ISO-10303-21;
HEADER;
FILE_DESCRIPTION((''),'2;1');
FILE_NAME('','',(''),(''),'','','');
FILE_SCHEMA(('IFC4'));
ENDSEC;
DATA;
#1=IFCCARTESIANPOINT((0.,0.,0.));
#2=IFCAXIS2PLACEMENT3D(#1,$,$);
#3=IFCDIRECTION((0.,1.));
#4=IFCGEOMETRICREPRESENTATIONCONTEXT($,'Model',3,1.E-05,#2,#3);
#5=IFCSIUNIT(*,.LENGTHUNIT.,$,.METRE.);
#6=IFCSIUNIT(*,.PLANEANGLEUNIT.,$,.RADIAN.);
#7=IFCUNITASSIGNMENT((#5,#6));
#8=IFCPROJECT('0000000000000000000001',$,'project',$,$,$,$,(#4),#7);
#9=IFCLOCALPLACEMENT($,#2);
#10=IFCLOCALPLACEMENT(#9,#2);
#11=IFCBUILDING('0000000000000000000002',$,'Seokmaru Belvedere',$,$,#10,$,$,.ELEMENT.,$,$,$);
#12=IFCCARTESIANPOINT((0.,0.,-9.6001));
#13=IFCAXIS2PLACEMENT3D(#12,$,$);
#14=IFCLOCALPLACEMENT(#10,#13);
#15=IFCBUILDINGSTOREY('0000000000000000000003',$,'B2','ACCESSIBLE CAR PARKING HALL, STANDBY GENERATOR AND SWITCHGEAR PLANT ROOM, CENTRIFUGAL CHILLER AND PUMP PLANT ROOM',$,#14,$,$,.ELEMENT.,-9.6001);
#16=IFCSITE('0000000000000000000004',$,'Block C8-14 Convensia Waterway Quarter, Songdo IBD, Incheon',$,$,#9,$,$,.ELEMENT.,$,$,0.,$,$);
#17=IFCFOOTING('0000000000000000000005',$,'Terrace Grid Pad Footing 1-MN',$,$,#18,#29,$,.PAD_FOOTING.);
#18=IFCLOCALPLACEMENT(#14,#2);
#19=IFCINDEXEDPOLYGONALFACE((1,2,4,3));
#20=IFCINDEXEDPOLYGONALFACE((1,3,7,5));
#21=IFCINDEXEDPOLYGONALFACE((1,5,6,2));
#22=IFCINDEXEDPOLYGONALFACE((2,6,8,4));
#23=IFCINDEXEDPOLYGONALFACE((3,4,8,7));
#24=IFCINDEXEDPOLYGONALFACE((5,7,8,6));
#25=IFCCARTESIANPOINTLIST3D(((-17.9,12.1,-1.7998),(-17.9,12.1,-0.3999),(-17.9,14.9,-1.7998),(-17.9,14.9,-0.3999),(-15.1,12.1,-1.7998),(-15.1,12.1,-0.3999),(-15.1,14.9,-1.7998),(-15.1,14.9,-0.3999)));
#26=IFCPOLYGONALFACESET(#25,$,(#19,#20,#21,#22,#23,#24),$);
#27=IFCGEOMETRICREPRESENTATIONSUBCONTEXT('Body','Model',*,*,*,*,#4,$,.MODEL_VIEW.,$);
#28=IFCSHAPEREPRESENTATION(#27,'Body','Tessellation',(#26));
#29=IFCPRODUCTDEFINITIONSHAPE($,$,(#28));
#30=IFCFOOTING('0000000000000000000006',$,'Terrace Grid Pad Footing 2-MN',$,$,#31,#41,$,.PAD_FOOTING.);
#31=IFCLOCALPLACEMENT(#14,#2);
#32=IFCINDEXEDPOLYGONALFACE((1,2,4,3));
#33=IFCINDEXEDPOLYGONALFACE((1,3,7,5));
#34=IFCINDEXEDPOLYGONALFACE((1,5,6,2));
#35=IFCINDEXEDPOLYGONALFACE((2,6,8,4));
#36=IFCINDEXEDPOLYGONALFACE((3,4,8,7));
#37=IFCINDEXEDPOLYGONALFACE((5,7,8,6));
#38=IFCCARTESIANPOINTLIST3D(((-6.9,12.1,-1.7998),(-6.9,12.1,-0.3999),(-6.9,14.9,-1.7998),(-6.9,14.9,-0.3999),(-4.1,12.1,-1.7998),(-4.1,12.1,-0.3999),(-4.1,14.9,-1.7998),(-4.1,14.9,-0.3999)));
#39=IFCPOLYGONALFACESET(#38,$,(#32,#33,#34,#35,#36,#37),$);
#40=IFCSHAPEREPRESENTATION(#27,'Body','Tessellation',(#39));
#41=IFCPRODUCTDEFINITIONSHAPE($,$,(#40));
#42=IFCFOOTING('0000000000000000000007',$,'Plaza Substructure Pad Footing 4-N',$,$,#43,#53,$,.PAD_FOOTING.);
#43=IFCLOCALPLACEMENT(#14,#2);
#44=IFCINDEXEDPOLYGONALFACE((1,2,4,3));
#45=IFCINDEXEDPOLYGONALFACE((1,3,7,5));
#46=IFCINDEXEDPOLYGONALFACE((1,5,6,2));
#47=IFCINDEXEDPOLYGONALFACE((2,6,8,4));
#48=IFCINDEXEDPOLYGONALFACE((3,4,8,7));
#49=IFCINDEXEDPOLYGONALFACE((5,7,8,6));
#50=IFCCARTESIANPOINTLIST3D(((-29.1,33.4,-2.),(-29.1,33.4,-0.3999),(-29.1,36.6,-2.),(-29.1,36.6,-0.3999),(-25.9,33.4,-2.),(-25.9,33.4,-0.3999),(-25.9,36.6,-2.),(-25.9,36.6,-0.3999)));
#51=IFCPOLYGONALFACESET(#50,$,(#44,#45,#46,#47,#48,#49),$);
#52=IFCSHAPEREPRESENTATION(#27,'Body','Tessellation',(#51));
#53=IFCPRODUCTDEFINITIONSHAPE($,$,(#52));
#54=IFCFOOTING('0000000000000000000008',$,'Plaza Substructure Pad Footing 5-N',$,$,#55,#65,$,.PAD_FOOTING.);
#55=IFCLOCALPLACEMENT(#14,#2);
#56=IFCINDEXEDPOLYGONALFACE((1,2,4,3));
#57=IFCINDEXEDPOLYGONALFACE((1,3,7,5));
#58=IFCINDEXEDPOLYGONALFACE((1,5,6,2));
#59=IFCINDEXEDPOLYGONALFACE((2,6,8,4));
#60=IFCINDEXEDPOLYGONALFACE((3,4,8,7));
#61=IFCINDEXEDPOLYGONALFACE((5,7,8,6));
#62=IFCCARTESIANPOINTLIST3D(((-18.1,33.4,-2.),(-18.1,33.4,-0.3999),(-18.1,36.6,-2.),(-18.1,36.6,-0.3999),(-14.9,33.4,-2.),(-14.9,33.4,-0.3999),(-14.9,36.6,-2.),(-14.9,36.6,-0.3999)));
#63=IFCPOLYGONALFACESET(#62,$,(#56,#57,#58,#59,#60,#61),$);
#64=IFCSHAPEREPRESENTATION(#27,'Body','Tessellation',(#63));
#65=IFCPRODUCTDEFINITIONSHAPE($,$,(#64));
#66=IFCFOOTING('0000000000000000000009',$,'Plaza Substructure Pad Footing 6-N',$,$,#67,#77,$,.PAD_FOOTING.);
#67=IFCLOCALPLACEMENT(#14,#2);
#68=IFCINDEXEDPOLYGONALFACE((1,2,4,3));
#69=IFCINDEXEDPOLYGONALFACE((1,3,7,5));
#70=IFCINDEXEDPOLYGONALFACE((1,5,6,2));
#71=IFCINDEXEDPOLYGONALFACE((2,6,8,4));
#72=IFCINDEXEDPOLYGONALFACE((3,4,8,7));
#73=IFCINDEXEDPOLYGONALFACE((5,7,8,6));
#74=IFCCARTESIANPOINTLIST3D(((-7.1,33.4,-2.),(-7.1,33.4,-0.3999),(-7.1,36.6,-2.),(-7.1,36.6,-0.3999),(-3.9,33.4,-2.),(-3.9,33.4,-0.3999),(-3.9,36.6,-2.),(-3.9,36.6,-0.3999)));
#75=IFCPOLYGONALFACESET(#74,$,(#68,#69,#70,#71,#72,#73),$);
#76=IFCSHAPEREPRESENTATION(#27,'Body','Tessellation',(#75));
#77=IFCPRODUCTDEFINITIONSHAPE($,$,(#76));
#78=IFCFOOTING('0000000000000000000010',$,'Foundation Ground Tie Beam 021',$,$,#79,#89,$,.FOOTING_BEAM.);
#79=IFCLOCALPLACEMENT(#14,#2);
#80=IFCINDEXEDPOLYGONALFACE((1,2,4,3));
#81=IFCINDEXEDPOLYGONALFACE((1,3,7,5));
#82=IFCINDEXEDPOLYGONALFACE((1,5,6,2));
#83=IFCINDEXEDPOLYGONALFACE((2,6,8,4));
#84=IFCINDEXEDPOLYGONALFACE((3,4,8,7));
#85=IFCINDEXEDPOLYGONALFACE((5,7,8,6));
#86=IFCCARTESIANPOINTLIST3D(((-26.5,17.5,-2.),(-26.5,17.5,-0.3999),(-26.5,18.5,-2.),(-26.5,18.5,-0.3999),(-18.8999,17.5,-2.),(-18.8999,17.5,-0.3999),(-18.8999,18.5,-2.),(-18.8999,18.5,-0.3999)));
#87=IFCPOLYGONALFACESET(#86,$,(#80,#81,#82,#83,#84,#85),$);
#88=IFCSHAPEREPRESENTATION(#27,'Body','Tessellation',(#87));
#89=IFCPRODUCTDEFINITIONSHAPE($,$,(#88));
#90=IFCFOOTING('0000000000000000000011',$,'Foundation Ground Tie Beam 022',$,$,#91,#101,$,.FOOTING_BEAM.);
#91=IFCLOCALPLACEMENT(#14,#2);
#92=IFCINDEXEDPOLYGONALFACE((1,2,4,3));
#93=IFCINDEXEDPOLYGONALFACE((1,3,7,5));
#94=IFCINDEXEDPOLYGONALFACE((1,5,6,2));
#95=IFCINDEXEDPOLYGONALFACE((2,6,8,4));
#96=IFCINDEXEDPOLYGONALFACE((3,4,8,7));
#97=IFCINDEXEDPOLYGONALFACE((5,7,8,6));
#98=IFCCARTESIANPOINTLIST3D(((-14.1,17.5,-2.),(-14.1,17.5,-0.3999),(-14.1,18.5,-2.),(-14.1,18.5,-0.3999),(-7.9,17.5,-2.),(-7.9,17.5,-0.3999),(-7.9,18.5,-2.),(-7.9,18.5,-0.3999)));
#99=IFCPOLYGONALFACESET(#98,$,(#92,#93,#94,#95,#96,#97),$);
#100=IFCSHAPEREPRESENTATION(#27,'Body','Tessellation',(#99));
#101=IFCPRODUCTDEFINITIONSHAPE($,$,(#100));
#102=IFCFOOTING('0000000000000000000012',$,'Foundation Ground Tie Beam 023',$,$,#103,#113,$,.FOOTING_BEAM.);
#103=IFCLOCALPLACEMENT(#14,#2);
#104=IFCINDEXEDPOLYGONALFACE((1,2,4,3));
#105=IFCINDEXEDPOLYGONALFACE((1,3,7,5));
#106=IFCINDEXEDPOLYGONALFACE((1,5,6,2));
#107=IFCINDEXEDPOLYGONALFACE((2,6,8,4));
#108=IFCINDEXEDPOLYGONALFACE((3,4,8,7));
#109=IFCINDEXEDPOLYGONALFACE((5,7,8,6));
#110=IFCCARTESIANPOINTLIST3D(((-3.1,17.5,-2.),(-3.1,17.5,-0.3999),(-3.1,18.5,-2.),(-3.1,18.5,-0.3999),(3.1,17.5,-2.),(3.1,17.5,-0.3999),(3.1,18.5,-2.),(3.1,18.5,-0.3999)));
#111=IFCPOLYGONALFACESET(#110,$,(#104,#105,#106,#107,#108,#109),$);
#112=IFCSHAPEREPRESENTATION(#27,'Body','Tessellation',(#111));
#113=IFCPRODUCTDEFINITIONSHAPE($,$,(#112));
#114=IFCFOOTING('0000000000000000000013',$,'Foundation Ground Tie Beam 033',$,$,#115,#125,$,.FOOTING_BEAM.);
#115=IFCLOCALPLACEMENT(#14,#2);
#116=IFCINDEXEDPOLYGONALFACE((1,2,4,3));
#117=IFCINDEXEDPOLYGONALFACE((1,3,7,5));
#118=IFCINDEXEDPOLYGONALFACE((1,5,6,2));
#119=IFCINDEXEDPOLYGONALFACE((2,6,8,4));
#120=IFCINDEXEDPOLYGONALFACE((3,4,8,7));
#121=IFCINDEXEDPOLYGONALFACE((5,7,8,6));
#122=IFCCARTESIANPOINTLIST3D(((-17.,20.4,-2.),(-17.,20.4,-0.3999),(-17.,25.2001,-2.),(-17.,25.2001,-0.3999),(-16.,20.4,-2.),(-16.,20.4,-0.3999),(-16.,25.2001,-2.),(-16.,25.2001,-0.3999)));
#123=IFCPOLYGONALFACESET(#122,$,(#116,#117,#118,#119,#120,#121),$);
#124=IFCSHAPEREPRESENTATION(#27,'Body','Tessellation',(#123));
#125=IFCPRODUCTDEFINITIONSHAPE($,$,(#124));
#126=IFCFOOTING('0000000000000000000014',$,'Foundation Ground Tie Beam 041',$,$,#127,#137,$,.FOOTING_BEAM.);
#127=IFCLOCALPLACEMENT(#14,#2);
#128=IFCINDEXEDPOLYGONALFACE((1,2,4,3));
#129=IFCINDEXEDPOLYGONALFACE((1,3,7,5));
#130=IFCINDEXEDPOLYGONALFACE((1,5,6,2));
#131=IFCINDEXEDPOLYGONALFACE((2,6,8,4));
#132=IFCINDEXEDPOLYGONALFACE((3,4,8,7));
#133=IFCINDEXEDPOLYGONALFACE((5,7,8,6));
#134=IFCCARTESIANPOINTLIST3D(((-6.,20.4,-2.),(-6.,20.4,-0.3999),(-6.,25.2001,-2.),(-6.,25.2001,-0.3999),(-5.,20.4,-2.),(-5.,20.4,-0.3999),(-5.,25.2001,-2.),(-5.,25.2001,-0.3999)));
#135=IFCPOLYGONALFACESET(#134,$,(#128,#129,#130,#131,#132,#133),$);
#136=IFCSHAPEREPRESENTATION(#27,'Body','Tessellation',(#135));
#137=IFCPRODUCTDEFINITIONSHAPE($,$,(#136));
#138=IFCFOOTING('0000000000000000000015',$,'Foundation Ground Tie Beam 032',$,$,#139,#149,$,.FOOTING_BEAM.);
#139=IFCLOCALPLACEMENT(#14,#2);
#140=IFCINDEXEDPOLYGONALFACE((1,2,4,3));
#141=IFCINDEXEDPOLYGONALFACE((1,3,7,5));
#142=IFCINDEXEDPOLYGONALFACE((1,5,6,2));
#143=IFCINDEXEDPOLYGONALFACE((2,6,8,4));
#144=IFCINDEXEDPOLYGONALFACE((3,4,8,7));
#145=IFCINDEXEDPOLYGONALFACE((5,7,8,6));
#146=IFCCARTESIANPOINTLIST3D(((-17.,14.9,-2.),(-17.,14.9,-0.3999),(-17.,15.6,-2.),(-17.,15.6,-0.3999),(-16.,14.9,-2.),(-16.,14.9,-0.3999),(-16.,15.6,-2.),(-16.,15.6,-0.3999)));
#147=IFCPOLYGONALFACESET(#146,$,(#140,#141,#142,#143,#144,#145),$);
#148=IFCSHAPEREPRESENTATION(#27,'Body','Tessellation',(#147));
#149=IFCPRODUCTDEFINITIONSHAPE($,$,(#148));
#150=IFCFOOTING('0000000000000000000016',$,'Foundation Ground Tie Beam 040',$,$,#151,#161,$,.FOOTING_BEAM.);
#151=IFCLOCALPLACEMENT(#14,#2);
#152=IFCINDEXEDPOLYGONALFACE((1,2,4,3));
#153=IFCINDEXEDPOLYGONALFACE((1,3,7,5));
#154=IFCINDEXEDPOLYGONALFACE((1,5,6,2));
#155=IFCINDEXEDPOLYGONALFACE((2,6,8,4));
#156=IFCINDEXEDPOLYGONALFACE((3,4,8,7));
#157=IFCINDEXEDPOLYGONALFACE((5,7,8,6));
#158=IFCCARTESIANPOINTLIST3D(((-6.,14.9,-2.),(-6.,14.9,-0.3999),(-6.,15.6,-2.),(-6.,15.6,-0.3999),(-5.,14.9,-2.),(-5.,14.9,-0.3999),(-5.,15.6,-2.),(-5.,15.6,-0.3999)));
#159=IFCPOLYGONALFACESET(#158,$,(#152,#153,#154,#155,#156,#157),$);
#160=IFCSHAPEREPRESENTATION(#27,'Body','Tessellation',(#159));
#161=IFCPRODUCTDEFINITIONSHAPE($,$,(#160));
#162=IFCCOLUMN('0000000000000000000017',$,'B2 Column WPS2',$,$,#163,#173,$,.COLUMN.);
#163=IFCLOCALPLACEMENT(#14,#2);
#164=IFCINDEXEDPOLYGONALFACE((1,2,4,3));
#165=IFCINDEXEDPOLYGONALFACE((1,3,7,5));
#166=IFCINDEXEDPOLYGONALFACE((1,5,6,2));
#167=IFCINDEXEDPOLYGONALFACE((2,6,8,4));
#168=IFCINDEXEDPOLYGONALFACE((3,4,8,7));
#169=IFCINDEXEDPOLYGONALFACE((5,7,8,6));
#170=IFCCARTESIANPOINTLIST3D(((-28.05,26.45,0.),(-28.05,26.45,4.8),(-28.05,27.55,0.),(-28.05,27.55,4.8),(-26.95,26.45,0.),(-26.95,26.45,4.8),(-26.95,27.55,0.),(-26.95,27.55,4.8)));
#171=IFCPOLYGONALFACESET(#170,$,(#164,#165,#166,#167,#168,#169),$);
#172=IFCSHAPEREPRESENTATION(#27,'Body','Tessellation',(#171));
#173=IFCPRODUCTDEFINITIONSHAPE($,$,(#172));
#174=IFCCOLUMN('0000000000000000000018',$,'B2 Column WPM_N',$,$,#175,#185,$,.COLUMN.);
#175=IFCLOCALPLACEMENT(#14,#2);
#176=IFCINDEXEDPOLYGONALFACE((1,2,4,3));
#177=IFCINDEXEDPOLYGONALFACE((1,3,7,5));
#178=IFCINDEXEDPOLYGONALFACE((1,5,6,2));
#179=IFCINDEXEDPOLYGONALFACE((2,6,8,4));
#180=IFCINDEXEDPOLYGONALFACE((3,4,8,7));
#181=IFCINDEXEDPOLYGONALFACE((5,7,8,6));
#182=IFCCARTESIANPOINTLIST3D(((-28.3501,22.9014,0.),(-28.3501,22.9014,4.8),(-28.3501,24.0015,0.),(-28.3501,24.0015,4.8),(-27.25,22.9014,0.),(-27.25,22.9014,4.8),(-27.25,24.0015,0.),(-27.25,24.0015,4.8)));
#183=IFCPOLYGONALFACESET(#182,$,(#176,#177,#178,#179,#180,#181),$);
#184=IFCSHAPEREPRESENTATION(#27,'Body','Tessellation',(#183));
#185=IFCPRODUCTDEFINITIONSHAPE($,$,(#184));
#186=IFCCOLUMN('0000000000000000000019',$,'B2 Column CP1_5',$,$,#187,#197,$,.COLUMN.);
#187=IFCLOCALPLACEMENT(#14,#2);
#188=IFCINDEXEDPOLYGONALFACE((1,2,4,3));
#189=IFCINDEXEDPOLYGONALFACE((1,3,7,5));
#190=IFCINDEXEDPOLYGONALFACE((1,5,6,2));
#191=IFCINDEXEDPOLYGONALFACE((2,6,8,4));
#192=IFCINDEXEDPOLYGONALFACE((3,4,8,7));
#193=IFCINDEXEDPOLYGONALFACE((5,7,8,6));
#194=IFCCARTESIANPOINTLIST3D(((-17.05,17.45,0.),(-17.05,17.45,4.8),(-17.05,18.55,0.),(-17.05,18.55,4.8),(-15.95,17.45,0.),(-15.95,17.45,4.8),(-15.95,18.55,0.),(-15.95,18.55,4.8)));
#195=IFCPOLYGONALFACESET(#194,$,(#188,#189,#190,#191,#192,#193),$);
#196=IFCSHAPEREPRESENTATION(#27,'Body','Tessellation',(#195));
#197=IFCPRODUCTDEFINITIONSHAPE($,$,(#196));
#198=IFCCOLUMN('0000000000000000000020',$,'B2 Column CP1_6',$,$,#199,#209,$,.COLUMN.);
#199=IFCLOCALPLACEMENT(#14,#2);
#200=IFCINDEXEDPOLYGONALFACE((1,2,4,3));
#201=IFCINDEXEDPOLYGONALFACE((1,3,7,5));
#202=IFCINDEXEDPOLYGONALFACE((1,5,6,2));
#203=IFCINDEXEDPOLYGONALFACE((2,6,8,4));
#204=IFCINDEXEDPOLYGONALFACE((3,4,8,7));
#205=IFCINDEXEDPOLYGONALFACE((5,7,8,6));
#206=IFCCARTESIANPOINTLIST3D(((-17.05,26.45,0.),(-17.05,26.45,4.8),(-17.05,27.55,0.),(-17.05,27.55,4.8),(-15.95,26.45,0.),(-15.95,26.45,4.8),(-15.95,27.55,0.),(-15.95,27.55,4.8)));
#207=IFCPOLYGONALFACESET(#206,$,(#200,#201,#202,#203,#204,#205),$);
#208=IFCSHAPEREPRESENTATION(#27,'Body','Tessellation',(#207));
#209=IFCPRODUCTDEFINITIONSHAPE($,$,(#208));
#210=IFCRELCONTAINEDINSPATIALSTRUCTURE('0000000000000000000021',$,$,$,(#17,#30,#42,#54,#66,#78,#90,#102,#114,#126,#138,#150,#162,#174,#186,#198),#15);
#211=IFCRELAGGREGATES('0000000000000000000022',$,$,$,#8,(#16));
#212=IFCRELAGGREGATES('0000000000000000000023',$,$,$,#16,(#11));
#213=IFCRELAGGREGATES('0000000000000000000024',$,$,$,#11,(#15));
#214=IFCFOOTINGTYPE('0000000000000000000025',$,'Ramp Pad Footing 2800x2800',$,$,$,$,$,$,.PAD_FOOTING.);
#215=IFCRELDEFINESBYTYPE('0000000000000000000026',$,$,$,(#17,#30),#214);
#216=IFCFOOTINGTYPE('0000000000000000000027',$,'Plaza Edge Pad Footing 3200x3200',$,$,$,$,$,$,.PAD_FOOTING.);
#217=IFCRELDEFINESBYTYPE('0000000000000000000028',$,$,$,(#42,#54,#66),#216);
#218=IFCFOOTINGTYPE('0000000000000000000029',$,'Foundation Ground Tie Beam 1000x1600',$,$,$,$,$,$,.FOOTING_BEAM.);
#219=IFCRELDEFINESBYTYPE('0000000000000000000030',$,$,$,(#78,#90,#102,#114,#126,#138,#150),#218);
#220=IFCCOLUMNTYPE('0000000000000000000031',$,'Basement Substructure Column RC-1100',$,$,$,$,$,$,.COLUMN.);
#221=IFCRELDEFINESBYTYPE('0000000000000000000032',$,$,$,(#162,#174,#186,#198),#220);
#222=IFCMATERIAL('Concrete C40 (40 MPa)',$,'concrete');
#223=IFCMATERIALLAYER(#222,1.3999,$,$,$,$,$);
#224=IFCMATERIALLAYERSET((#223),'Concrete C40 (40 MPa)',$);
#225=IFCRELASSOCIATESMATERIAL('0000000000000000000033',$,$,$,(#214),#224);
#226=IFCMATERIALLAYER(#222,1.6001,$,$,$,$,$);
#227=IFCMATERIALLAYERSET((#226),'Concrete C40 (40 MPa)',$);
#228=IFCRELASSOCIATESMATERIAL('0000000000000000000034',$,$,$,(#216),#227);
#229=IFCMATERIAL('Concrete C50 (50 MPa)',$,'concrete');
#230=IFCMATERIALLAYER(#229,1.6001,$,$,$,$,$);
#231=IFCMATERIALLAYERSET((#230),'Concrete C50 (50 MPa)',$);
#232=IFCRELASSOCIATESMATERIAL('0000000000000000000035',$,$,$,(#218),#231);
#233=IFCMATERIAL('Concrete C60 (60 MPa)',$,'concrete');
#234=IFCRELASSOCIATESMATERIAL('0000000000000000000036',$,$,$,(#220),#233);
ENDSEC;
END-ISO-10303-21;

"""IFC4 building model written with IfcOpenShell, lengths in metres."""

from ifc_helpers import new_model, si_unit, direction, frame, origin, origin_2d, place, context, subcontext, project, spatial, rectangle, extrude, source, transform, mapped, material, layer, layer_set, material_profile, profile_set, type_object, type_shapes, element, save


model = new_model("IFC4")

# Units and contexts
model_context = context("Model", 3, precision=1e-05, world=origin(), true_north=direction((0.0, 1.0)))
body_context = subcontext(model_context, "Body", "Model", "MODEL_VIEW")
ifc_project = project(units=[si_unit("LENGTHUNIT", "METRE"), si_unit("PLANEANGLEUNIT", "RADIAN")], contexts=[model_context])

# Site, building, storey
site_placement = place(None, origin())
site = spatial("IfcSite", under=ifc_project, at=site_placement, Name="Block C8-14 Convensia Waterway Quarter, Songdo IBD, Incheon", CompositionType="ELEMENT", RefElevation=0.0)
building_placement = place(site_placement, origin())
building = spatial("IfcBuilding", under=site, at=building_placement, Name="Seokmaru Belvedere", CompositionType="ELEMENT")
storey_placement = place(building_placement, frame((0.0, 0.0, -9.6001)))
storey = spatial("IfcBuildingStorey", under=building, at=storey_placement, Name="B2", Description="ACCESSIBLE CAR PARKING HALL, STANDBY GENERATOR AND SWITCHGEAR PLANT ROOM, CENTRIFUGAL CHILLER AND PUMP PLANT ROOM", CompositionType="ELEMENT", Elevation=-9.6001)

# Shared definitions
ifc_material_1 = material(Name="Concrete C50 (50 MPa)", Category="concrete")

# Footings
ifc_material_2 = material(Name="Concrete C40 (40 MPa)", Category="concrete")
ifc_layer_1 = layer(ifc_material_2, 1.3999)
ifc_layer_set_1 = layer_set([ifc_layer_1], Name="Concrete C40 (40 MPa)")
footing_type_1 = type_object("IfcFootingType", Name="Ramp Pad Footing 2800x2800", PredefinedType="PAD_FOOTING", material=ifc_layer_set_1)
shared_shape_1 = source(origin(), body_context, "Body", "SweptSolid", [
    extrude(rectangle(XDim=2.8, YDim=2.8, at=origin_2d()), origin(), (0.0, 0.0, 1.0), 1.3999),
])
type_shapes(footing_type_1, [shared_shape_1])
for number, where, z_axis, x_axis, name in (
    (1, (-16.5, 13.5, -1.7998), (0.0, 0.0, 1.0), (1.0, 0.0, 0.0), "Terrace Grid Pad Footing 1-MN"),
    (2, (-5.5, 13.5, -1.7998), (0.0, 0.0, 1.0), (1.0, 0.0, 0.0), "Terrace Grid Pad Footing 2-MN"),
):
    element("IfcFooting", number, at=place(storey_placement, frame(where, z_axis=z_axis, x_axis=x_axis)), inside=storey, type_object=footing_type_1, Name=name, PredefinedType="PAD_FOOTING", context=body_context, shape_type="MappedRepresentation", body=[
        mapped(shared_shape_1, transform((0.0, 0.0, 0.0), scale=1.0)),
    ])
ifc_layer_2 = layer(ifc_material_2, 1.6001)
ifc_layer_set_2 = layer_set([ifc_layer_2], Name="Concrete C40 (40 MPa)")
footing_type_2 = type_object("IfcFootingType", Name="Plaza Edge Pad Footing 3200x3200", PredefinedType="PAD_FOOTING", material=ifc_layer_set_2)
shared_shape_2 = source(origin(), body_context, "Body", "SweptSolid", [
    extrude(rectangle(XDim=3.2, YDim=3.2, at=origin_2d()), origin(), (0.0, 0.0, 1.0), 1.6001),
])
type_shapes(footing_type_2, [shared_shape_2])
for number, where, z_axis, x_axis, name in (
    (3, (-27.5, 35.0, -2.0), (0.0, 0.0, 1.0), (1.0, 0.0, 0.0), "Plaza Substructure Pad Footing 4-N"),
    (4, (-16.5, 35.0, -2.0), (0.0, 0.0, 1.0), (1.0, 0.0, 0.0), "Plaza Substructure Pad Footing 5-N"),
    (5, (-5.5, 35.0, -2.0), (0.0, 0.0, 1.0), (1.0, 0.0, 0.0), "Plaza Substructure Pad Footing 6-N"),
):
    element("IfcFooting", number, at=place(storey_placement, frame(where, z_axis=z_axis, x_axis=x_axis)), inside=storey, type_object=footing_type_2, Name=name, PredefinedType="PAD_FOOTING", context=body_context, shape_type="MappedRepresentation", body=[
        mapped(shared_shape_2, transform((0.0, 0.0, 0.0), scale=1.0)),
    ])
ifc_layer_3 = layer(ifc_material_1, 1.6001)
ifc_layer_set_3 = layer_set([ifc_layer_3], Name="Concrete C50 (50 MPa)")
footing_type_3 = type_object("IfcFootingType", Name="Foundation Ground Tie Beam 1000x1600", PredefinedType="FOOTING_BEAM", material=ifc_layer_set_3)
shared_shape_3 = source(origin(), body_context, "Body", "SweptSolid", [
    extrude(rectangle(XDim=7.6001, YDim=1.0, at=origin_2d()), origin(), (0.0, 0.0, 1.0), 1.6001),
])
footing_placement = place(storey_placement, frame((-22.7, 18.0, -2.0), z_axis=(0.0, 0.0, 1.0), x_axis=(1.0, 0.0, 0.0)))
element("IfcFooting", 6, at=footing_placement, inside=storey, type_object=footing_type_3, Name="Foundation Ground Tie Beam 021", PredefinedType="FOOTING_BEAM", context=body_context, shape_type="MappedRepresentation", body=[
    mapped(shared_shape_3, transform((0.0, 0.0, 0.0), scale=1.0)),
])
shared_shape_4 = source(origin(), body_context, "Body", "SweptSolid", [
    extrude(rectangle(XDim=6.2, YDim=1.0, at=origin_2d()), origin(), (0.0, 0.0, 1.0), 1.6001),
])
for number, where, z_axis, x_axis, name in (
    (7, (-11.0, 18.0, -2.0), (0.0, 0.0, 1.0), (1.0, 0.0, 0.0), "Foundation Ground Tie Beam 022"),
    (8, (0.0, 18.0, -2.0), (0.0, 0.0, 1.0), (1.0, 0.0, 0.0), "Foundation Ground Tie Beam 023"),
):
    element("IfcFooting", number, at=place(storey_placement, frame(where, z_axis=z_axis, x_axis=x_axis)), inside=storey, type_object=footing_type_3, Name=name, PredefinedType="FOOTING_BEAM", context=body_context, shape_type="MappedRepresentation", body=[
        mapped(shared_shape_4, transform((0.0, 0.0, 0.0), scale=1.0)),
    ])
shared_shape_5 = source(origin(), body_context, "Body", "SweptSolid", [
    extrude(rectangle(XDim=1.0, YDim=4.8, at=origin_2d()), origin(), (0.0, 0.0, 1.0), 1.6001),
])
for number, where, z_axis, x_axis, name in (
    (9, (-16.5, 22.8, -2.0), (0.0, 0.0, 1.0), (1.0, 0.0, 0.0), "Foundation Ground Tie Beam 033"),
    (10, (-5.5, 22.8, -2.0), (0.0, 0.0, 1.0), (1.0, 0.0, 0.0), "Foundation Ground Tie Beam 041"),
):
    element("IfcFooting", number, at=place(storey_placement, frame(where, z_axis=z_axis, x_axis=x_axis)), inside=storey, type_object=footing_type_3, Name=name, PredefinedType="FOOTING_BEAM", context=body_context, shape_type="MappedRepresentation", body=[
        mapped(shared_shape_5, transform((0.0, 0.0, 0.0), scale=1.0)),
    ])
shared_shape_6 = source(origin(), body_context, "Body", "SweptSolid", [
    extrude(rectangle(XDim=1.0, YDim=0.7, at=origin_2d()), origin(), (0.0, 0.0, 1.0), 1.6001),
])
type_shapes(footing_type_3, [shared_shape_3, shared_shape_4, shared_shape_5, shared_shape_6])
for number, where, z_axis, x_axis, name in (
    (11, (-16.5, 15.25, -2.0), (0.0, 0.0, 1.0), (1.0, 0.0, 0.0), "Foundation Ground Tie Beam 032"),
    (12, (-5.5, 15.25, -2.0), (0.0, 0.0, 1.0), (1.0, 0.0, 0.0), "Foundation Ground Tie Beam 040"),
):
    element("IfcFooting", number, at=place(storey_placement, frame(where, z_axis=z_axis, x_axis=x_axis)), inside=storey, type_object=footing_type_3, Name=name, PredefinedType="FOOTING_BEAM", context=body_context, shape_type="MappedRepresentation", body=[
        mapped(shared_shape_6, transform((0.0, 0.0, 0.0), scale=1.0)),
    ])

# Columns
ifc_material_3 = material(Name="Concrete C60 (60 MPa)", Category="concrete")
ifc_material_profile_1 = material_profile(ifc_material_3, rectangle(XDim=1.1001, YDim=1.1001, at=origin_2d()), Name="RC-1100x1100")
ifc_profile_set_1 = profile_set([ifc_material_profile_1], Name="Concrete C60 (60 MPa)")
column_type_1 = type_object("IfcColumnType", Name="Basement Substructure Column RC-1100", PredefinedType="COLUMN", material=ifc_profile_set_1)
shared_shape_7 = source(origin(), body_context, "Body", "SweptSolid", [
    extrude(rectangle(XDim=1.1001, YDim=1.1001, at=origin_2d()), origin(), (0.0, 0.0, 1.0), 4.8),
])
type_shapes(column_type_1, [shared_shape_7])
for number, where, z_axis, x_axis, name in (
    (13, (-27.5, 27.0, 0.0), (0.0, 0.0, 1.0), (1.0, 0.0, 0.0), "B2 Column WPS2"),
    (14, (-27.8, 23.4514, 0.0), (0.0, 0.0, 1.0), (1.0, 0.0, 0.0), "B2 Column WPM_N"),
    (15, (-16.5, 18.0, 0.0), (0.0, 0.0, 1.0), (1.0, 0.0, 0.0), "B2 Column CP1_5"),
    (16, (-16.5, 27.0, 0.0), (0.0, 0.0, 1.0), (1.0, 0.0, 0.0), "B2 Column CP1_6"),
):
    element("IfcColumn", number, at=place(storey_placement, frame(where, z_axis=z_axis, x_axis=x_axis)), inside=storey, type_object=column_type_1, Name=name, PredefinedType="COLUMN", context=body_context, shape_type="MappedRepresentation", body=[
        mapped(shared_shape_7, transform((0.0, 0.0, 0.0), scale=1.0)),
    ])

save(model, "model.ifc")
